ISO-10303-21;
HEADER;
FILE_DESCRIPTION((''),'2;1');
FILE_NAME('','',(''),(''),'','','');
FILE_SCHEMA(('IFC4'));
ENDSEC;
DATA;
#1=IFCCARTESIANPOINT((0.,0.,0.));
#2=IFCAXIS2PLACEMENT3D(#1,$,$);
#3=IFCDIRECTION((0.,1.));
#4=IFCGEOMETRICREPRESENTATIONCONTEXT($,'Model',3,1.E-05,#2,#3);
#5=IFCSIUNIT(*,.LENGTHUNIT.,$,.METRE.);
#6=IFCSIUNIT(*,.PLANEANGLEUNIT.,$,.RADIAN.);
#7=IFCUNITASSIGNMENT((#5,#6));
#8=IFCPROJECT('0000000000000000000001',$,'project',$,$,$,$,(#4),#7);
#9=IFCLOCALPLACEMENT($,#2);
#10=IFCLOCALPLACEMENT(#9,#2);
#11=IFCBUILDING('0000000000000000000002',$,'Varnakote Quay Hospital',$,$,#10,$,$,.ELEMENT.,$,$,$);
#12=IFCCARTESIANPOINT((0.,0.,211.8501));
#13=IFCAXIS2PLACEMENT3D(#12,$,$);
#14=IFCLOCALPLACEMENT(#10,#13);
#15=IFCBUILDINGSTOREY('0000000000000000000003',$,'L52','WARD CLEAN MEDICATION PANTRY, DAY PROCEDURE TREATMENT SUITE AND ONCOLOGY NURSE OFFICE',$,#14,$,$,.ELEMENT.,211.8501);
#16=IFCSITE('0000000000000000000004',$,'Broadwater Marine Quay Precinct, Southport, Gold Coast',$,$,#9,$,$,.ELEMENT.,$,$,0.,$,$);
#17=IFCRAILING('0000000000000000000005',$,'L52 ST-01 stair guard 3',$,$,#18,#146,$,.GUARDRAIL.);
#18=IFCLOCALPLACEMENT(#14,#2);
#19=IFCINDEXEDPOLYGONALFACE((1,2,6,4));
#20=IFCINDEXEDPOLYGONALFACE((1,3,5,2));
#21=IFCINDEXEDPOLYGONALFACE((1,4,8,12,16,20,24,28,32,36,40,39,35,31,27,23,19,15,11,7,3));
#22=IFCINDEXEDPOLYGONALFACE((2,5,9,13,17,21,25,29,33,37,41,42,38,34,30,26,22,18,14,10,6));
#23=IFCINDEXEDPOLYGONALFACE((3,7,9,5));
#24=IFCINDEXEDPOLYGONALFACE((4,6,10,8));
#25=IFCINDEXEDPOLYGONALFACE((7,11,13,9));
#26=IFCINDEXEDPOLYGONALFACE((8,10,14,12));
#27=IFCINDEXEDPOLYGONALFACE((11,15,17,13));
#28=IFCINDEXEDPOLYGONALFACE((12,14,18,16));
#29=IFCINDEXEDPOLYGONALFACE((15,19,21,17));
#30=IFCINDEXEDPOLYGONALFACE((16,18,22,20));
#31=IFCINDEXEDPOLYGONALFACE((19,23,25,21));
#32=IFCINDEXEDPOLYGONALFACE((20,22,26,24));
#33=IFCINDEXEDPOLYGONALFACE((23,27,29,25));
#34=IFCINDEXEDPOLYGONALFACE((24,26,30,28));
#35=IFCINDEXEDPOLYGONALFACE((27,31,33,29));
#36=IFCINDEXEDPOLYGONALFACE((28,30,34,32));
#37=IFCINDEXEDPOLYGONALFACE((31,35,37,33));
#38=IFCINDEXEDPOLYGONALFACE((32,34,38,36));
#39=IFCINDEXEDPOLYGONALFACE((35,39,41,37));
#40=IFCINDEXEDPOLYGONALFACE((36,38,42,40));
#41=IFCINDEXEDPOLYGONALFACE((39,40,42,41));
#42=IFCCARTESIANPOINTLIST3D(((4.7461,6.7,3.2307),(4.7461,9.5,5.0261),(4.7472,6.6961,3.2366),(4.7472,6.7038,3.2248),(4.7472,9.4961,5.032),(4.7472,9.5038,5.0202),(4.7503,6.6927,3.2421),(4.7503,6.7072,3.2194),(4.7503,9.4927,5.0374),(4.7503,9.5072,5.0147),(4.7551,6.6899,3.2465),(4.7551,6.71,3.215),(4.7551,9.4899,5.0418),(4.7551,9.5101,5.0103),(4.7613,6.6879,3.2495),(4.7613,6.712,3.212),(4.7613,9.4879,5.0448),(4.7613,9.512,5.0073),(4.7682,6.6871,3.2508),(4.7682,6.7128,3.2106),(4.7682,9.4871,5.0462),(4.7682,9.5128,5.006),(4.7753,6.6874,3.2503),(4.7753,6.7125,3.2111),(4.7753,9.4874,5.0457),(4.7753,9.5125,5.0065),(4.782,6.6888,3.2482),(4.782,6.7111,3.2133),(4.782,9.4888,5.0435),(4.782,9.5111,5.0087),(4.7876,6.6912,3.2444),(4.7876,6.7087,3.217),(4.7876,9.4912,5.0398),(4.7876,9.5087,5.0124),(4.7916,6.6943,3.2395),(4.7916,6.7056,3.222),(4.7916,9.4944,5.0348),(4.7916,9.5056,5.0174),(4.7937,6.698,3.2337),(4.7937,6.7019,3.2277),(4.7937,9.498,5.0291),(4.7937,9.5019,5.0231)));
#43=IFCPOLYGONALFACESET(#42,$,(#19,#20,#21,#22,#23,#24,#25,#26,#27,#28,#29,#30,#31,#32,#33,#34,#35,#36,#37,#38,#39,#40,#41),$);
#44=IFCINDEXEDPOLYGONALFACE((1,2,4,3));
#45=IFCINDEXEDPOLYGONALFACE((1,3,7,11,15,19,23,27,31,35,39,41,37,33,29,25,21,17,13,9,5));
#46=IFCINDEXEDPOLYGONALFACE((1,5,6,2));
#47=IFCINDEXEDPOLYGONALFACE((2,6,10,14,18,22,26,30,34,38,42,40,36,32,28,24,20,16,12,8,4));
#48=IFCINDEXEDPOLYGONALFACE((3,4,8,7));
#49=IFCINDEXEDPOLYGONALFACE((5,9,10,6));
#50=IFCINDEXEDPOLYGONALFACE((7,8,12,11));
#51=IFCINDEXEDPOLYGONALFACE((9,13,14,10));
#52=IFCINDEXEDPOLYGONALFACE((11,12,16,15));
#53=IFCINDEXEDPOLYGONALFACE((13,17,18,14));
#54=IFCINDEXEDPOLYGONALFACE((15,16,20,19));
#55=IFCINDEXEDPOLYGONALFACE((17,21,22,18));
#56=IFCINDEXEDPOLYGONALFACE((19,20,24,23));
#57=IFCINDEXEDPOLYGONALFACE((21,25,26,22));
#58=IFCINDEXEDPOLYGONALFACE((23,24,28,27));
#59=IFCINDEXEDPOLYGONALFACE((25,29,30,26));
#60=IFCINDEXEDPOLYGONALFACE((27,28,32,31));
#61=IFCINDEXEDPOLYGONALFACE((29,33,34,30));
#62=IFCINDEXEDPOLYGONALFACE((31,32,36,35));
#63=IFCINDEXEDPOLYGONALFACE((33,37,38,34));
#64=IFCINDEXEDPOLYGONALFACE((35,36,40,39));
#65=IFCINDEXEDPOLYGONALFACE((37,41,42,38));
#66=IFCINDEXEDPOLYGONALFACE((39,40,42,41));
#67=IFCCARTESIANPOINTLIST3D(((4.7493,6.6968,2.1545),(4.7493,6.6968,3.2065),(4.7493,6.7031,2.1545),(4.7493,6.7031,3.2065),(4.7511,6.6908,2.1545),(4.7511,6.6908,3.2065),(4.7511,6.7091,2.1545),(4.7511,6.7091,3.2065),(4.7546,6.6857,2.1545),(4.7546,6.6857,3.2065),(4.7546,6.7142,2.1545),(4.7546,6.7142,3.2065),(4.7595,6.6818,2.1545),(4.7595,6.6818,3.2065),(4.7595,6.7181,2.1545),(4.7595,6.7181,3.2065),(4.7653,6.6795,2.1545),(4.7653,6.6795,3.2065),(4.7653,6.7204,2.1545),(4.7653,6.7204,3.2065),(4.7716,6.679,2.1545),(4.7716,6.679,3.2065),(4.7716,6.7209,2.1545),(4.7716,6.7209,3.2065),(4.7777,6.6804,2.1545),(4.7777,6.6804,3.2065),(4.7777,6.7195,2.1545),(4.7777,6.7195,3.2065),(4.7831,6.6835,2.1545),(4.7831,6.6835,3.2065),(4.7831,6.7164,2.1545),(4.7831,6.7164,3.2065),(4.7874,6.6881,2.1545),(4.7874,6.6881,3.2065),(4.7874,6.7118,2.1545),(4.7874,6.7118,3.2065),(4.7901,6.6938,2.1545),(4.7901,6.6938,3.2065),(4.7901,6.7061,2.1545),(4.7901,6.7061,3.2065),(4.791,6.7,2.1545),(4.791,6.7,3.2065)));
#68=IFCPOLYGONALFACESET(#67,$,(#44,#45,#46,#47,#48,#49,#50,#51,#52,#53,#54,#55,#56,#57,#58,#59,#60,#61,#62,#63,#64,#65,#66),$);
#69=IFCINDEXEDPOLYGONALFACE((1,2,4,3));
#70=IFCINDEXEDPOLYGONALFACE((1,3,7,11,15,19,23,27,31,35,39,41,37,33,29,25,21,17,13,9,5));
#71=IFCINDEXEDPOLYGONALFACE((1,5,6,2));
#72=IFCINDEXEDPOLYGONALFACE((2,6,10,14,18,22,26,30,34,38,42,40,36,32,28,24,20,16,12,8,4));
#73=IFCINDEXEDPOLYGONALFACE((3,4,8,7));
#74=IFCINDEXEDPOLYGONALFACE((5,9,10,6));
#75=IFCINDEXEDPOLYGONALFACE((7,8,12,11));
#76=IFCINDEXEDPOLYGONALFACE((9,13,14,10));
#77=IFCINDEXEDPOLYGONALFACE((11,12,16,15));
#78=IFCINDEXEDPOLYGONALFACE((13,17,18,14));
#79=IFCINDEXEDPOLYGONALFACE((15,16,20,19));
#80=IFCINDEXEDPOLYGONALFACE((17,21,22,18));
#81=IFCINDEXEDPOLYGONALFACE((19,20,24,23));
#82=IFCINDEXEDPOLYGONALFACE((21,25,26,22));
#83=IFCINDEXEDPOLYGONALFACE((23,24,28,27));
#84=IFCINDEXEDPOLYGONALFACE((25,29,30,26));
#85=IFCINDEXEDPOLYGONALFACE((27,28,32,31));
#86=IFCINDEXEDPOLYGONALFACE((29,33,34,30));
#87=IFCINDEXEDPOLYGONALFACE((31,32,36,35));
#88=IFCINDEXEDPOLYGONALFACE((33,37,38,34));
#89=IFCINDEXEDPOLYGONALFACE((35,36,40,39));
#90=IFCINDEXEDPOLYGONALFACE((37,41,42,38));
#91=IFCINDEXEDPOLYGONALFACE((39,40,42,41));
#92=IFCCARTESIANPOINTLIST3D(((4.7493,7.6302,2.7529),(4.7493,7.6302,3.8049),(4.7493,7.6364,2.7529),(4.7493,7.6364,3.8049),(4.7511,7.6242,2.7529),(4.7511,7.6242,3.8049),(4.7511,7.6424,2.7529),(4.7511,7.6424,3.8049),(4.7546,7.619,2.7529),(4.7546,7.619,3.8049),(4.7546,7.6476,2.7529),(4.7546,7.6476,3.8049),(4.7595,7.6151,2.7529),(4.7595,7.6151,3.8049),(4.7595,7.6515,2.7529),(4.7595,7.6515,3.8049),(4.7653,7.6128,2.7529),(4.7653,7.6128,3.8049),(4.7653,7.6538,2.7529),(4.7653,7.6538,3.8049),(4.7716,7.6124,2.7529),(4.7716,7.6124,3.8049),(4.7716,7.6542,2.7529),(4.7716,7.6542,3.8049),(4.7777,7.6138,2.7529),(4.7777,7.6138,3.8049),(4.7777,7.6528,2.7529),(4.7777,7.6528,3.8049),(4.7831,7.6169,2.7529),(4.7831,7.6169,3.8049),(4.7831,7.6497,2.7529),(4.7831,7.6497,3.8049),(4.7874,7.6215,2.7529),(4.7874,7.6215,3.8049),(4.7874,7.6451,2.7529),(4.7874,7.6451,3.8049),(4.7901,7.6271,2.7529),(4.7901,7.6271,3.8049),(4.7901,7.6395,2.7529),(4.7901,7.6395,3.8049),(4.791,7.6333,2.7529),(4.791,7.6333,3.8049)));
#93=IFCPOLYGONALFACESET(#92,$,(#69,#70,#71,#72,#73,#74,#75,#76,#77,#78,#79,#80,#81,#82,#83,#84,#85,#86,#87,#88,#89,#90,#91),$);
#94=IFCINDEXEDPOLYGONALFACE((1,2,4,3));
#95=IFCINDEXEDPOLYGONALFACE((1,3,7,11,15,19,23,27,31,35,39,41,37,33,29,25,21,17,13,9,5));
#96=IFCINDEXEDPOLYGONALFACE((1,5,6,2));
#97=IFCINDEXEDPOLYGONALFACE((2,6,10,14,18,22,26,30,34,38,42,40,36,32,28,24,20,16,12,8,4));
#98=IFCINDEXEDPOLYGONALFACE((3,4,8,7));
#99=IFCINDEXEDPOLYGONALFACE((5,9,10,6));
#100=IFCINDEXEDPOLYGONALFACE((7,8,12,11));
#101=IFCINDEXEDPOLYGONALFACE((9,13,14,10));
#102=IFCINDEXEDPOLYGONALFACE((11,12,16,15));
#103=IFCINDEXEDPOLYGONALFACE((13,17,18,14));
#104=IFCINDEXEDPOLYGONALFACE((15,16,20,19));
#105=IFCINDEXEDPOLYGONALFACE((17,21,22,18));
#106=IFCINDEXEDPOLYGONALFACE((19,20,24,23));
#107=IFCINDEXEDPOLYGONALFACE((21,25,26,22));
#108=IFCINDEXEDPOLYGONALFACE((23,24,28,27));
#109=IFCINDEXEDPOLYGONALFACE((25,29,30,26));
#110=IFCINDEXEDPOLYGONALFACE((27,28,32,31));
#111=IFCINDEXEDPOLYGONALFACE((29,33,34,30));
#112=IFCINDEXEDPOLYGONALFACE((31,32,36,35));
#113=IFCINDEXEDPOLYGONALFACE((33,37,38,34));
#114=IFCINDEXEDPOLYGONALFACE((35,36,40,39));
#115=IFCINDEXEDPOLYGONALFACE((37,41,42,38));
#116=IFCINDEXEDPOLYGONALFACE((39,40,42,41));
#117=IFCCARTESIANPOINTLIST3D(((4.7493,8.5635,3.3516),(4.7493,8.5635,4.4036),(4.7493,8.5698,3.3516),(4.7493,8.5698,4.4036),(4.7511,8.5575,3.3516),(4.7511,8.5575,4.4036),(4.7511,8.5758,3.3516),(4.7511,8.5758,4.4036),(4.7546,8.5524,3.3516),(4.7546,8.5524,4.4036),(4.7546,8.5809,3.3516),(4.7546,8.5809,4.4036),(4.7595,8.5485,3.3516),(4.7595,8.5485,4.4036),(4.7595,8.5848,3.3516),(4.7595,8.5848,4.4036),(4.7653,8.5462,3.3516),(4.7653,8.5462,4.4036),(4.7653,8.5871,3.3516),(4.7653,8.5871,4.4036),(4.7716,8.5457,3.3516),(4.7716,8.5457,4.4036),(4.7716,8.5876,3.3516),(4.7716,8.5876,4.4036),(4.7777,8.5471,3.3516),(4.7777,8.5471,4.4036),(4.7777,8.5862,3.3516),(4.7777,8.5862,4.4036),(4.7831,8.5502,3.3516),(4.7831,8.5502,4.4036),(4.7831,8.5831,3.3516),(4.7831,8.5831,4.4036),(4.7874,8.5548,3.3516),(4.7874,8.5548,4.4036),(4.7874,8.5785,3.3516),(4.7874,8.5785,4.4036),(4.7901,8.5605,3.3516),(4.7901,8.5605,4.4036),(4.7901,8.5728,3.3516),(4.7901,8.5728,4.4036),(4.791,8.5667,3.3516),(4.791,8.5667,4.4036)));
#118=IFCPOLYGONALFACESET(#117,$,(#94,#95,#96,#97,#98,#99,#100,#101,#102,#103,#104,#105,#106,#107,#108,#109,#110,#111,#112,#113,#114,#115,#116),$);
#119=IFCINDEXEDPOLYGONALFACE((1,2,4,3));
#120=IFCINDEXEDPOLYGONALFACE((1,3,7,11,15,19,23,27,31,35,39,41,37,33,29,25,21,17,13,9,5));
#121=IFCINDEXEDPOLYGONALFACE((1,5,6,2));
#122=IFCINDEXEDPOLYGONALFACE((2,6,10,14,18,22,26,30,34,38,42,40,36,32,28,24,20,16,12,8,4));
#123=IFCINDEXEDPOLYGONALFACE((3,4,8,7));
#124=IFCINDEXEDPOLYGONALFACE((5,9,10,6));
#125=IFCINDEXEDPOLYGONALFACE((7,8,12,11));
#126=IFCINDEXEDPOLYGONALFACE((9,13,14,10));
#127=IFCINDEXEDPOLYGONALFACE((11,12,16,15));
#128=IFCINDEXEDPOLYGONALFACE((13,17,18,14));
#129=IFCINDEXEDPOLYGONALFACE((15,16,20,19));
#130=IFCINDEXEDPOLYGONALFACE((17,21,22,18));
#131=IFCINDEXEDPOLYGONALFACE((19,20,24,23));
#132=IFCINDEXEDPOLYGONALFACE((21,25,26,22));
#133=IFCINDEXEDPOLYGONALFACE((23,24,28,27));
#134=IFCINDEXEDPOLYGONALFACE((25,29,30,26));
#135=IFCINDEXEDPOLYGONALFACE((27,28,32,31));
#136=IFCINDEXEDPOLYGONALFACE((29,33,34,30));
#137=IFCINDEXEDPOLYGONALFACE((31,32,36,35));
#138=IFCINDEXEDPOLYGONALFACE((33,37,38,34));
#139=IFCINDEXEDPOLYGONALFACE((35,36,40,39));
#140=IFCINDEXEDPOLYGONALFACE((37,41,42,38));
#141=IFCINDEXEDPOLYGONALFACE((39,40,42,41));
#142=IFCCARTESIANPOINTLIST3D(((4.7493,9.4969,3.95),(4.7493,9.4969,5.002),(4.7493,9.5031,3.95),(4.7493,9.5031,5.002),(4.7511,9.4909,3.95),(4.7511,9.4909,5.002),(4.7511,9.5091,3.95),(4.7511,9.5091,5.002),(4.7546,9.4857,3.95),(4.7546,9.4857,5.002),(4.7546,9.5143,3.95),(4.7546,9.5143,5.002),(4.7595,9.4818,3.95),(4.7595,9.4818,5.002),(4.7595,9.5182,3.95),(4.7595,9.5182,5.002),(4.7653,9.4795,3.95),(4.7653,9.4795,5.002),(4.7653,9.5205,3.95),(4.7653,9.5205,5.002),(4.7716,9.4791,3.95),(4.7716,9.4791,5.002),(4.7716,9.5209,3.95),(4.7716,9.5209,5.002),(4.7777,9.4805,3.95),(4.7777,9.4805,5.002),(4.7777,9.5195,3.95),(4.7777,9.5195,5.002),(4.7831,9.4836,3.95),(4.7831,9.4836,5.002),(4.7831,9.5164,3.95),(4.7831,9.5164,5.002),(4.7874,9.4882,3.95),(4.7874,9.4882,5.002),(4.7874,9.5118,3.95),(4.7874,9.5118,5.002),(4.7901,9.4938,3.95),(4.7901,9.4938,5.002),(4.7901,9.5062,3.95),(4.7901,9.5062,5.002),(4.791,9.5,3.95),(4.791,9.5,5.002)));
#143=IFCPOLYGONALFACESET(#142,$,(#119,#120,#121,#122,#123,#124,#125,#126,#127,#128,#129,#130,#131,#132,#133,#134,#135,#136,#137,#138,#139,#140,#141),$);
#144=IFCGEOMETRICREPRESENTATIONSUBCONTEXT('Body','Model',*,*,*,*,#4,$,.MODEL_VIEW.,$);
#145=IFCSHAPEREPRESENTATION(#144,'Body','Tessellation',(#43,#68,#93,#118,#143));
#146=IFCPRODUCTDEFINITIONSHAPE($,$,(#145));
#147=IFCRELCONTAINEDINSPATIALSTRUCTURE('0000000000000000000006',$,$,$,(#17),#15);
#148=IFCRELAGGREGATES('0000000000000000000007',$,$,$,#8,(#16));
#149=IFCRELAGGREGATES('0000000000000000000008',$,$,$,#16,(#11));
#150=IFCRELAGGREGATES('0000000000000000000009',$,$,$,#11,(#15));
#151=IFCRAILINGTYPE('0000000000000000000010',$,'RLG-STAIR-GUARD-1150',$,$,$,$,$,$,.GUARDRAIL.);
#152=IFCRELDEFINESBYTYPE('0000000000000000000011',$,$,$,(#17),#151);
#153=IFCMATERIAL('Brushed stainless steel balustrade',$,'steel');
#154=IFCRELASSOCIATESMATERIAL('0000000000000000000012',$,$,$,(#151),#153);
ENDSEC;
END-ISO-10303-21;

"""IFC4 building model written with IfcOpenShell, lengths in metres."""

from ifc_helpers import new_model, si_unit, direction, frame, origin, origin_2d, place, context, subcontext, project, spatial, circle, extrude, material, type_object, element, save


model = new_model("IFC4")

# Units and contexts
model_context = context("Model", 3, precision=1e-05, world=origin(), true_north=direction((0.0, 1.0)))
body_context = subcontext(model_context, "Body", "Model", "MODEL_VIEW")
ifc_project = project(units=[si_unit("LENGTHUNIT", "METRE"), si_unit("PLANEANGLEUNIT", "RADIAN")], contexts=[model_context])

# Site, building, storey
site_placement = place(None, origin())
site = spatial("IfcSite", under=ifc_project, at=site_placement, Name="Broadwater Marine Quay Precinct, Southport, Gold Coast", CompositionType="ELEMENT", RefElevation=0.0)
building_placement = place(site_placement, origin())
building = spatial("IfcBuilding", under=site, at=building_placement, Name="Varnakote Quay Hospital", CompositionType="ELEMENT")
storey_placement = place(building_placement, frame((0.0, 0.0, 211.8501)))
storey = spatial("IfcBuildingStorey", under=building, at=storey_placement, Name="L52", Description="WARD CLEAN MEDICATION PANTRY, DAY PROCEDURE TREATMENT SUITE AND ONCOLOGY NURSE OFFICE", CompositionType="ELEMENT", Elevation=211.8501)

# Railing
ifc_material_1 = material(Name="Brushed stainless steel balustrade", Category="steel")
railing_type_1 = type_object("IfcRailingType", Name="RLG-STAIR-GUARD-1150", PredefinedType="GUARDRAIL", material=ifc_material_1)
railing_1_placement = place(storey_placement, frame((4.77, 6.7, 2.1545)))
element("IfcRailing", 1, at=railing_1_placement, inside=storey, type_object=railing_type_1, Name="L52 ST-01 stair guard 3", PredefinedType="GUARDRAIL", context=body_context, shape_type="SweptSolid", body=[
    extrude(circle(Radius=0.0239, at=origin_2d()), frame((0.0, 0.0, 1.0762), z_axis=(0.0, 0.84181, 0.539774), x_axis=(-1.0, 0.0, 0.0)), (0.0, 0.0, 1.0), 3.3262),
    extrude(circle(Radius=0.021, at=origin_2d()), origin(), (0.0, 0.0, 1.0), 1.052),
    extrude(circle(Radius=0.021, at=origin_2d()), frame((0.0, 0.9333, 0.5984)), (0.0, 0.0, 1.0), 1.052),
    extrude(circle(Radius=0.021, at=origin_2d()), frame((0.0, 1.8667, 1.197)), (0.0, 0.0, 1.0), 1.052),
    extrude(circle(Radius=0.021, at=origin_2d()), frame((0.0, 2.8, 1.7954)), (0.0, 0.0, 1.0), 1.052),
])

save(model, "model.ifc")
